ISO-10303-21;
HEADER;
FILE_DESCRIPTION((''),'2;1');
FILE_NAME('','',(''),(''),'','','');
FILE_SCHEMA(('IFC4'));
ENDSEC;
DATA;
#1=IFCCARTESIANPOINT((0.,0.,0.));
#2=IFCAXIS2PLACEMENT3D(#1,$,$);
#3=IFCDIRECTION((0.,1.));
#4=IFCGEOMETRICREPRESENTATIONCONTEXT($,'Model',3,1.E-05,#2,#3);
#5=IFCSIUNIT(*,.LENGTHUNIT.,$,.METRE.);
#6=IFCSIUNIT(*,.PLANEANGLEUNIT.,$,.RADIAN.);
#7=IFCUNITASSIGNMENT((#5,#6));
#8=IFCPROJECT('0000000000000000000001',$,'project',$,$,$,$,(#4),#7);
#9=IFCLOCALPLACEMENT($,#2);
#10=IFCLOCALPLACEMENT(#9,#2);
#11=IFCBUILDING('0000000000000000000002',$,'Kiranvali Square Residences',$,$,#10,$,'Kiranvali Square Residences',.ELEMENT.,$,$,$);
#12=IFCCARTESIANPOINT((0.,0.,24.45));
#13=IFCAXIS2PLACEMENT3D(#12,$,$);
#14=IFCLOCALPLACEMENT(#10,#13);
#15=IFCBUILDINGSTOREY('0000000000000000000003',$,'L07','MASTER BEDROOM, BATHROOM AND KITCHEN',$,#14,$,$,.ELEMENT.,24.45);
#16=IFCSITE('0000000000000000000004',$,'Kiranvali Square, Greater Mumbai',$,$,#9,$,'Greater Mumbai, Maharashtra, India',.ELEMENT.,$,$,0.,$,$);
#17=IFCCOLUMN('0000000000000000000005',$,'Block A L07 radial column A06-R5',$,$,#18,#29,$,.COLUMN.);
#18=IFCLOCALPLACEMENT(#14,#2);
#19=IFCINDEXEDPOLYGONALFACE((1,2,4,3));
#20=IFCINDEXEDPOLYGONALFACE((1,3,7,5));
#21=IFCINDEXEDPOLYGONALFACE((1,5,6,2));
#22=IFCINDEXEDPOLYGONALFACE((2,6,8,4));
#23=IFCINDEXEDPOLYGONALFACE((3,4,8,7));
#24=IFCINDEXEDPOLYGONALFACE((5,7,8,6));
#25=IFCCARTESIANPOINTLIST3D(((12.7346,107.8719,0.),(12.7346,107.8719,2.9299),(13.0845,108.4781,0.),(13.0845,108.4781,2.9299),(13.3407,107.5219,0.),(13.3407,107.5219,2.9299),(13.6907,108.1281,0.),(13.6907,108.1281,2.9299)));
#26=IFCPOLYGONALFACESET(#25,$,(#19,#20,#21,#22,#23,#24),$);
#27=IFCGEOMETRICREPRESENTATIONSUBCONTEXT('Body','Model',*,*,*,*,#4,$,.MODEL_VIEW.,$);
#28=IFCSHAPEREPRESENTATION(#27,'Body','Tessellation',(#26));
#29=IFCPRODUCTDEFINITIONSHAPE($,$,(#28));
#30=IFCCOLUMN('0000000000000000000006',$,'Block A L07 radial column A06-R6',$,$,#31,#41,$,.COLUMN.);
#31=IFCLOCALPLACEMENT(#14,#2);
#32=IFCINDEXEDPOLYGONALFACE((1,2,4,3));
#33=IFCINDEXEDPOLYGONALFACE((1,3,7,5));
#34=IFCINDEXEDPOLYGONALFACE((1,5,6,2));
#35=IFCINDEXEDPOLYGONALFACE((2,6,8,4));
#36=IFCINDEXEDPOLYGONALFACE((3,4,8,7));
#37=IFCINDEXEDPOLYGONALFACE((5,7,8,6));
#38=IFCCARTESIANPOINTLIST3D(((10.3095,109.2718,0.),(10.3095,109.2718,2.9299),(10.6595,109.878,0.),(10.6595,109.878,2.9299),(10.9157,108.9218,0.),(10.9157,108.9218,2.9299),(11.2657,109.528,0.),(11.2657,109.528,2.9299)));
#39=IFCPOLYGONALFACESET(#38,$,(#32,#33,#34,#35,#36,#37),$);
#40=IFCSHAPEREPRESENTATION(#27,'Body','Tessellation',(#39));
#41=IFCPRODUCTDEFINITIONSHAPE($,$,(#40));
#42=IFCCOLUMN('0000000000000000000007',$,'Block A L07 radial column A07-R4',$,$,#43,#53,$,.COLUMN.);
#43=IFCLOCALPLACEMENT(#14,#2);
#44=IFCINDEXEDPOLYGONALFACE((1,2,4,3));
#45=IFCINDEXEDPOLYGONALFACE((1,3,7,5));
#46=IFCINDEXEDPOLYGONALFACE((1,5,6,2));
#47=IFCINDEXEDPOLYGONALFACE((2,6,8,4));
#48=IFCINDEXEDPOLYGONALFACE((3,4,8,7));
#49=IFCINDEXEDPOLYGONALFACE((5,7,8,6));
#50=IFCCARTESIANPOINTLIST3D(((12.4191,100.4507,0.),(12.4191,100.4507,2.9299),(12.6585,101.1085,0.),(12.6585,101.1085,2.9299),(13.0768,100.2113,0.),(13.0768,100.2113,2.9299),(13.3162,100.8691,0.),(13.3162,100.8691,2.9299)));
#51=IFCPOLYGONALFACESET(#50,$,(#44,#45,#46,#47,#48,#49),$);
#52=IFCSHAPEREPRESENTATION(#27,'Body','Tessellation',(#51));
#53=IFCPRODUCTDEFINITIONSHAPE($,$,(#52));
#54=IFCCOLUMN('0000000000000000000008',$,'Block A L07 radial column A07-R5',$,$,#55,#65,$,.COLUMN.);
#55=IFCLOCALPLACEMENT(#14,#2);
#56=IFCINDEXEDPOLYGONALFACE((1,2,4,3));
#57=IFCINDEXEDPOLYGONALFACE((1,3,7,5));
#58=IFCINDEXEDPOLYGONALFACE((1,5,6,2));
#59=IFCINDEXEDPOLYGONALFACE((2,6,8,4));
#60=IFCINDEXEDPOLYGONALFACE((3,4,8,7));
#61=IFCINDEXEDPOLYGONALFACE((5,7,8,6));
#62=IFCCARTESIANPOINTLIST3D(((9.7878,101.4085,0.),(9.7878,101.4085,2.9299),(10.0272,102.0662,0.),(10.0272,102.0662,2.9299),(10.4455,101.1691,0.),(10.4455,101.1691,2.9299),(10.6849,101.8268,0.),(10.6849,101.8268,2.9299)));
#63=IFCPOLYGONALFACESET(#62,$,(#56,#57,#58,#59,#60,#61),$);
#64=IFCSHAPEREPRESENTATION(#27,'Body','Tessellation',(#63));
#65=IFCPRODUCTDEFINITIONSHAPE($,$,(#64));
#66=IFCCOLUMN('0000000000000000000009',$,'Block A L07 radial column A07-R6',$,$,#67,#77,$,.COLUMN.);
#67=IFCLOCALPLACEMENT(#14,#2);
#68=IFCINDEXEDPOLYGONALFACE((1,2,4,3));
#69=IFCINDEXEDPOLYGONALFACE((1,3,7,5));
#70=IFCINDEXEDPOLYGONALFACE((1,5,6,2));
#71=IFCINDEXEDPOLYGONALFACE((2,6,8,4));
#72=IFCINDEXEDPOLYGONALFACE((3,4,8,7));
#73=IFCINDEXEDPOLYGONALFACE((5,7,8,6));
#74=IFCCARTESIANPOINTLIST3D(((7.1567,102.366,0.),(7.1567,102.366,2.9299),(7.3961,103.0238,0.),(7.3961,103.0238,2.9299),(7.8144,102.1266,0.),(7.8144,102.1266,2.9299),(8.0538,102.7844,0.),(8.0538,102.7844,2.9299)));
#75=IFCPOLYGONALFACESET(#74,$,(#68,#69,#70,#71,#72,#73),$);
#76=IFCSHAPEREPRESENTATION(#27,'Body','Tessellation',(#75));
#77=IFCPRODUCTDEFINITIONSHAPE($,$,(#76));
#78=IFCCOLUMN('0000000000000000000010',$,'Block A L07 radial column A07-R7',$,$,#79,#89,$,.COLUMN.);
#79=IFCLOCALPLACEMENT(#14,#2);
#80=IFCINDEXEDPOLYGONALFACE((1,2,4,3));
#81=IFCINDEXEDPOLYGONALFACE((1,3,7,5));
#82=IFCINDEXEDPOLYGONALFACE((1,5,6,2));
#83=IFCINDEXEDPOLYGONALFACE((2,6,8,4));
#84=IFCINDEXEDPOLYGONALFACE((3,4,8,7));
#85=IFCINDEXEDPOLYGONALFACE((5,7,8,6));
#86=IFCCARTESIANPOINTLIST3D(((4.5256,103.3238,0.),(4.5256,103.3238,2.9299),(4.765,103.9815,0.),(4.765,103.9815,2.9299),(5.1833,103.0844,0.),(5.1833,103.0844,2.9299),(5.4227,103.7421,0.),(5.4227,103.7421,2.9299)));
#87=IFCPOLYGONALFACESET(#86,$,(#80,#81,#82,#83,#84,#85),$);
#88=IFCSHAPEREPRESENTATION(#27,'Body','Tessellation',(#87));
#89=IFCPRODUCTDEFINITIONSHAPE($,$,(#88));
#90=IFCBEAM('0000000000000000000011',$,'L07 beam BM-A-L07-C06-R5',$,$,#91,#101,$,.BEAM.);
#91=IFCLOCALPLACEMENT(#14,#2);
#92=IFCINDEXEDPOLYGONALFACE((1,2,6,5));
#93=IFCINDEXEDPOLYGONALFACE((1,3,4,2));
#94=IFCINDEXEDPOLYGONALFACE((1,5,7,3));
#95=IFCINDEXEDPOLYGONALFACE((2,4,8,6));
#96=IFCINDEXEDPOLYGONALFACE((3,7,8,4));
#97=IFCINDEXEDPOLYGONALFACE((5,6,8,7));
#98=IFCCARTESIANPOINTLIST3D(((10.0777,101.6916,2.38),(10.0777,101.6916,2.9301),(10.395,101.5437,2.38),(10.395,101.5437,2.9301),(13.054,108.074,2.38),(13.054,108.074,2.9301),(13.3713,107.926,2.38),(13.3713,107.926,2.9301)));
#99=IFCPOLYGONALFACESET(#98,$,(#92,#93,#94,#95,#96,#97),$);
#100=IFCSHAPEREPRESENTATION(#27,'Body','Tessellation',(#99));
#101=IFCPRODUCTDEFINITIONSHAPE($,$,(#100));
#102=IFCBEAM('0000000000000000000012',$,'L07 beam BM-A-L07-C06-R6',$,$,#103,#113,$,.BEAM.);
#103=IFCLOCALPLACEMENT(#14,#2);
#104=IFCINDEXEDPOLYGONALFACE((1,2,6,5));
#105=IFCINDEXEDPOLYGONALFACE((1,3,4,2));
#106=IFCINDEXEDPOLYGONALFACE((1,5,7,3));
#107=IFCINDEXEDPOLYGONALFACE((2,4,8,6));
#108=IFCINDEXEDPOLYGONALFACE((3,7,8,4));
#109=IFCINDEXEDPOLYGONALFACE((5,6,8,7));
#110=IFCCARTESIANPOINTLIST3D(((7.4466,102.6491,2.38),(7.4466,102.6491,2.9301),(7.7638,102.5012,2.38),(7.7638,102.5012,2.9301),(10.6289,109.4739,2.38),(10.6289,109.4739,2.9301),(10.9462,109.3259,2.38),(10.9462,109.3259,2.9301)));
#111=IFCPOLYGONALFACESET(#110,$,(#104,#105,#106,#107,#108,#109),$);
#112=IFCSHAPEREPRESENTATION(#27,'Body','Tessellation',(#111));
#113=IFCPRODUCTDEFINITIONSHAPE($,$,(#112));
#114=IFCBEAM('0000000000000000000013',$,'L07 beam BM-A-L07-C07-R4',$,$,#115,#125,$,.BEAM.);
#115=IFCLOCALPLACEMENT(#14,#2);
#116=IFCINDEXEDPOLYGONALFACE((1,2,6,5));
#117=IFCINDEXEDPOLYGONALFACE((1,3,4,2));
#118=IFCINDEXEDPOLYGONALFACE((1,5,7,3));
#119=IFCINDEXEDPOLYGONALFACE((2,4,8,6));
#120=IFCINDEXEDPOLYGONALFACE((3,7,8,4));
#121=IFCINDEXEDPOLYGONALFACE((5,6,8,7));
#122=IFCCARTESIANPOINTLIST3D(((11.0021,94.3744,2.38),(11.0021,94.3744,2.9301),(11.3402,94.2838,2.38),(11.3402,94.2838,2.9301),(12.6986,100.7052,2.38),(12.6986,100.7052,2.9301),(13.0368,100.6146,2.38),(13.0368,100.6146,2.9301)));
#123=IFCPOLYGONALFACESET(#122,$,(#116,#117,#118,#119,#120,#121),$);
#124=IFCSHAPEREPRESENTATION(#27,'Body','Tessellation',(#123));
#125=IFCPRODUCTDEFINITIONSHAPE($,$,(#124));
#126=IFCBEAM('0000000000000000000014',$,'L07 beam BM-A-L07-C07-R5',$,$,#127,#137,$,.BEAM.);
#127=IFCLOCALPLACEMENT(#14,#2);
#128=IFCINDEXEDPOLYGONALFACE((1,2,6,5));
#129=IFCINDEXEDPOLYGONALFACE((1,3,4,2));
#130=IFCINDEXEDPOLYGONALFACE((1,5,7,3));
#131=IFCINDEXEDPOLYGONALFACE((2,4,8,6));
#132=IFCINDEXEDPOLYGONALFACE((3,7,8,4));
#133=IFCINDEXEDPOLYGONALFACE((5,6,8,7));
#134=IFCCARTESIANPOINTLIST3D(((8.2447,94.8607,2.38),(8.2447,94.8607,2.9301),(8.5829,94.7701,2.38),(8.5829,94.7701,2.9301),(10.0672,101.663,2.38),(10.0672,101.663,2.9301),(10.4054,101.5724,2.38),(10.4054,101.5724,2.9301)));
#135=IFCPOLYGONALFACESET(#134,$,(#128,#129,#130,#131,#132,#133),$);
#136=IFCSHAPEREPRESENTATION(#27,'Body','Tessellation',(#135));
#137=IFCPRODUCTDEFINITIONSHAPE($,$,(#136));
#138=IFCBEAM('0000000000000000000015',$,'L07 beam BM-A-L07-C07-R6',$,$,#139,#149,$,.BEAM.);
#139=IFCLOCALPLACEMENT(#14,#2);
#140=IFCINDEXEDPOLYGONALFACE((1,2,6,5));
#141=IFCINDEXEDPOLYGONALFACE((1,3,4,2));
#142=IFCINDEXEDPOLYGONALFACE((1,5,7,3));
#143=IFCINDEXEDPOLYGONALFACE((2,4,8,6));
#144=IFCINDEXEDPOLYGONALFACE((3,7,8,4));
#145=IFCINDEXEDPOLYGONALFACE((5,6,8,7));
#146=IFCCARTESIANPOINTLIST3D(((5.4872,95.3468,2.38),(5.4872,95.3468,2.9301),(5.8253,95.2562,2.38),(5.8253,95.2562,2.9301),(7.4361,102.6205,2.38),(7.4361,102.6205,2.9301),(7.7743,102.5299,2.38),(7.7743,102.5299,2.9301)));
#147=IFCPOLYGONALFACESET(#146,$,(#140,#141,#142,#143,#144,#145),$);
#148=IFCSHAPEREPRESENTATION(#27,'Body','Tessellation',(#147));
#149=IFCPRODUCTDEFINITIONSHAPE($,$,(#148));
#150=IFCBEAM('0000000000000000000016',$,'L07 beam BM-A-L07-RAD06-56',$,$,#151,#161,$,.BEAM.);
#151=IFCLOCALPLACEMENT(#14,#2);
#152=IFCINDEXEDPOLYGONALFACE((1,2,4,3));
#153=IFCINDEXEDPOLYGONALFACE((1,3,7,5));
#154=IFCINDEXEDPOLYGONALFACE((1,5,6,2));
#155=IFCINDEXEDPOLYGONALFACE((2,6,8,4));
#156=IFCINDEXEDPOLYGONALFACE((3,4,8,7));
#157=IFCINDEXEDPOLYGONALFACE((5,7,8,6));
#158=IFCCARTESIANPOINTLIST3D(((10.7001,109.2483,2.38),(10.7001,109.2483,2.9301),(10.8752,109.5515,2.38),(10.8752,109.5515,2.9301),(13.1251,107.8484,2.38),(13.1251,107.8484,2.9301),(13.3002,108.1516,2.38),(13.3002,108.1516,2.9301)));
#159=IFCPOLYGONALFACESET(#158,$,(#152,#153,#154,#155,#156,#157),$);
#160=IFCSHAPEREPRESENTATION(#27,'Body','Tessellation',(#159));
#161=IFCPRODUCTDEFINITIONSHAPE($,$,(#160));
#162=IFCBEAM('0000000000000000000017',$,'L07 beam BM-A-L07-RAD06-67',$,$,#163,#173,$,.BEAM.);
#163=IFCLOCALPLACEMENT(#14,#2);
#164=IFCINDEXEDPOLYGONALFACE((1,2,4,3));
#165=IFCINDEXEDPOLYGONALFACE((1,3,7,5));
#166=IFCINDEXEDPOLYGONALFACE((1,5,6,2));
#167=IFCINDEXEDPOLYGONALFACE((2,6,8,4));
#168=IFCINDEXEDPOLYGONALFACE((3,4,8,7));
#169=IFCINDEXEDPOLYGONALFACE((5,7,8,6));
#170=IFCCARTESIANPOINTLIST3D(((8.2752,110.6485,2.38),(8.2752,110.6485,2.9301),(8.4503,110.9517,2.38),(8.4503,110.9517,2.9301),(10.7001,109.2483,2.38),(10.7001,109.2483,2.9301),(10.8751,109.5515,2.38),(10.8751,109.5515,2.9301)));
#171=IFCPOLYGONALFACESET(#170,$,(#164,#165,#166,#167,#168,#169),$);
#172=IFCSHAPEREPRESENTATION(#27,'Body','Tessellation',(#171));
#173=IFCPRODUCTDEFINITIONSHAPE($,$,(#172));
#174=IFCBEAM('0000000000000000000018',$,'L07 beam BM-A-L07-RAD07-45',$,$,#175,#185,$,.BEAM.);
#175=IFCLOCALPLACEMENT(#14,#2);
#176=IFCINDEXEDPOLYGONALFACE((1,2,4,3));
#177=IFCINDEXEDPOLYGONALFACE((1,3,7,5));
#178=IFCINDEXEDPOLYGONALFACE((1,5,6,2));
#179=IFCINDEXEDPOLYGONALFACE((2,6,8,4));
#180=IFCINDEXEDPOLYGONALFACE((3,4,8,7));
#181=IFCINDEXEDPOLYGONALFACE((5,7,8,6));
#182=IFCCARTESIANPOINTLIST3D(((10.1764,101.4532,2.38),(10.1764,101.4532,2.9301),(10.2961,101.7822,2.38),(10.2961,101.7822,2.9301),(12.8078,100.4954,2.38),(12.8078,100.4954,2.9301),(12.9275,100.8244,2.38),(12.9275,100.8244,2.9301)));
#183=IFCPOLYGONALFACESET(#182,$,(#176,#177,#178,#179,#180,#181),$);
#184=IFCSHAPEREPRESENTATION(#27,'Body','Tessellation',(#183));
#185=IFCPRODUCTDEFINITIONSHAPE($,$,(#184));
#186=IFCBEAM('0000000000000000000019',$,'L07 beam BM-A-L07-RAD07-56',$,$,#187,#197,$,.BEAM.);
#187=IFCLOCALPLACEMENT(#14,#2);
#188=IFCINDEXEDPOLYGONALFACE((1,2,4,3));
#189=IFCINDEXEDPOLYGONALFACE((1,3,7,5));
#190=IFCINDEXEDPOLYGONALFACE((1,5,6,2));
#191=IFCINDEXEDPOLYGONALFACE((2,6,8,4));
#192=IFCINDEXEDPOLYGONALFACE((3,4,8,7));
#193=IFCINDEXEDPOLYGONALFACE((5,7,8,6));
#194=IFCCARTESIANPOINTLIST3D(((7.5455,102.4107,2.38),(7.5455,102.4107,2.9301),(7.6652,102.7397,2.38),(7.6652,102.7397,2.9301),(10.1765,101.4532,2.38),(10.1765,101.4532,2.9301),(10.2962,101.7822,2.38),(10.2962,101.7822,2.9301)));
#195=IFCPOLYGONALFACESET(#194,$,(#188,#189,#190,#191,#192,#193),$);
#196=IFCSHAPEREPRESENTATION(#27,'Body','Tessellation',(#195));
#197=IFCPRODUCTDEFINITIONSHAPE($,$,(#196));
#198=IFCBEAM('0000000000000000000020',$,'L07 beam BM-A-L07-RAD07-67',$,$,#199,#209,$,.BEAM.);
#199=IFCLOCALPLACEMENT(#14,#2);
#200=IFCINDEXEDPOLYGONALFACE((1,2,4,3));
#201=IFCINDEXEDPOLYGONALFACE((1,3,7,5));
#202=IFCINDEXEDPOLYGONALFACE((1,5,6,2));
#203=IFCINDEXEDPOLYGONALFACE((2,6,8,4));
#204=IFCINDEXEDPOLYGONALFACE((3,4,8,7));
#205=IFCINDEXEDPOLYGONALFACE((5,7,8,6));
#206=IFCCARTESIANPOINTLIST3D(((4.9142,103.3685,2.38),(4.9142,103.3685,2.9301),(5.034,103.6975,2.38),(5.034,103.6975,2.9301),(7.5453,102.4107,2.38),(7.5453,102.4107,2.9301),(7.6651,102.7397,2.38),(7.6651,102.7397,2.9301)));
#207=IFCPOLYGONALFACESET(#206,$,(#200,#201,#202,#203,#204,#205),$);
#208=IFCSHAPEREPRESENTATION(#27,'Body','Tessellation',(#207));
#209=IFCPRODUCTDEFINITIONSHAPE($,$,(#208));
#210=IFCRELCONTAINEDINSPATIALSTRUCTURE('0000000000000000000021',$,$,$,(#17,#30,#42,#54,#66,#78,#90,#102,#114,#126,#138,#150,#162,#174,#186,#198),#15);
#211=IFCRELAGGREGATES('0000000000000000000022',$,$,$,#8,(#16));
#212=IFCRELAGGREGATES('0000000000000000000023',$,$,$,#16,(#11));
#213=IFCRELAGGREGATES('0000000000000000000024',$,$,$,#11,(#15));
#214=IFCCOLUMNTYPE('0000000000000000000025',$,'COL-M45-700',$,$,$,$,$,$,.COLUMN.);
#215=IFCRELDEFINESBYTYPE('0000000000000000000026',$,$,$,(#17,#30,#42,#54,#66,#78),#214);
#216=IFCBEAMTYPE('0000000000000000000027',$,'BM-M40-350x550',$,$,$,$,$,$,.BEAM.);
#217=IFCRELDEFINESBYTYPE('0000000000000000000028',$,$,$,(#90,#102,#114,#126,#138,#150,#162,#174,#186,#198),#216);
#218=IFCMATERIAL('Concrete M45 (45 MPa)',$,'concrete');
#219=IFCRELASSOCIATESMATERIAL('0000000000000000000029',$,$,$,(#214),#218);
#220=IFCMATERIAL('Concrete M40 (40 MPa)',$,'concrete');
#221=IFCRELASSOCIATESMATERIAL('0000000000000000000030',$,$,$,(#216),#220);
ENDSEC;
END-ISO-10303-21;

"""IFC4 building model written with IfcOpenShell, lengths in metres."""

from ifc_helpers import new_model, si_unit, direction, frame, origin, origin_2d, place, context, subcontext, project, spatial, rectangle, extrude, material, material_profile, profile_set, type_object, element, save


model = new_model("IFC4")

# Units and contexts
model_context = context("Model", 3, precision=1e-05, world=origin(), true_north=direction((0.0, 1.0)))
body_context = subcontext(model_context, "Body", "Model", "MODEL_VIEW")
ifc_project = project(units=[si_unit("LENGTHUNIT", "METRE"), si_unit("PLANEANGLEUNIT", "RADIAN")], contexts=[model_context])

# Site, building, storey
site_placement = place(None, origin())
site = spatial("IfcSite", under=ifc_project, at=site_placement, Name="Kiranvali Square, Greater Mumbai", LongName="Greater Mumbai, Maharashtra, India", CompositionType="ELEMENT", RefElevation=0.0)
building_placement = place(site_placement, origin())
building = spatial("IfcBuilding", under=site, at=building_placement, Name="Kiranvali Square Residences", LongName="Kiranvali Square Residences", CompositionType="ELEMENT")
storey_placement = place(building_placement, frame((0.0, 0.0, 24.45)))
storey = spatial("IfcBuildingStorey", under=building, at=storey_placement, Name="L07", Description="MASTER BEDROOM, BATHROOM AND KITCHEN", CompositionType="ELEMENT", Elevation=24.45)

# Columns
ifc_material_1 = material(Name="Concrete M45 (45 MPa)", Category="concrete")
ifc_material_profile_1 = material_profile(ifc_material_1, rectangle(XDim=0.7, YDim=0.7, at=origin_2d()), Name="RC 700x700")
ifc_profile_set_1 = profile_set([ifc_material_profile_1], Name="Concrete M45 (45 MPa)")
column_type = type_object("IfcColumnType", Name="COL-M45-700", PredefinedType="COLUMN", material=ifc_profile_set_1)
for number, where, z_axis, x_axis, name in (
    (1, (13.2126, 108.0, 0.0), (0.0, 0.0, 1.0), (0.5, 0.866025, 0.0), "Block A L07 radial column A06-R5"),
    (2, (10.7876, 109.3999, 0.0), (0.0, 0.0, 1.0), (0.5, 0.866025, 0.0), "Block A L07 radial column A06-R6"),
    (3, (12.8677, 100.6599, 0.0), (0.0, 0.0, 1.0), (0.34202, 0.939693, 0.0), "Block A L07 radial column A07-R4"),
    (4, (10.2363, 101.6177, 0.0), (0.0, 0.0, 1.0), (0.34202, 0.939693, 0.0), "Block A L07 radial column A07-R5"),
    (5, (7.6052, 102.5752, 0.0), (0.0, 0.0, 1.0), (0.34202, 0.939693, 0.0), "Block A L07 radial column A07-R6"),
    (6, (4.9741, 103.533, 0.0), (0.0, 0.0, 1.0), (0.34202, 0.939693, 0.0), "Block A L07 radial column A07-R7"),
):
    element("IfcColumn", number, at=place(storey_placement, frame(where, z_axis=z_axis, x_axis=x_axis)), inside=storey, type_object=column_type, Name=name, PredefinedType="COLUMN", context=body_context, shape_type="SweptSolid", body=[
        extrude(rectangle(XDim=0.7, YDim=0.7, at=origin_2d()), origin(), (0.0, 0.0, 1.0), 2.9299),
    ])

# Beams
ifc_material_2 = material(Name="Concrete M40 (40 MPa)", Category="concrete")
ifc_material_profile_2 = material_profile(ifc_material_2, rectangle(XDim=0.3501, YDim=0.55, at=origin_2d()), Name="RC 350x550")
ifc_profile_set_2 = profile_set([ifc_material_profile_2], Name="Concrete M40 (40 MPa)")
beam_type_1 = type_object("IfcBeamType", Name="BM-M40-350x550", PredefinedType="BEAM", material=ifc_profile_set_2)
beam_1_placement = place(storey_placement, frame((13.2126, 108.0, 2.655), z_axis=(-0.422641, -0.906297, 0.0), x_axis=(0.906297, -0.422641, 0.0)))
element("IfcBeam", 7, at=beam_1_placement, inside=storey, type_object=beam_type_1, Name="L07 beam BM-A-L07-C06-R5", PredefinedType="BEAM", context=body_context, shape_type="SweptSolid", body=[
    extrude(rectangle(XDim=0.3501, YDim=0.55, at=origin_2d()), origin(), (0.0, 0.0, 1.0), 7.0422),
])
beam_2_placement = place(storey_placement, frame((10.7876, 109.3999, 2.655), z_axis=(-0.422614, -0.90631, 0.0), x_axis=(0.90631, -0.422614, 0.0)))
element("IfcBeam", 8, at=beam_2_placement, inside=storey, type_object=beam_type_1, Name="L07 beam BM-A-L07-C06-R6", PredefinedType="BEAM", context=body_context, shape_type="SweptSolid", body=[
    extrude(rectangle(XDim=0.3501, YDim=0.55, at=origin_2d()), origin(), (0.0, 0.0, 1.0), 7.5303),
])
beam_3_placement = place(storey_placement, frame((12.8677, 100.6599, 2.655), z_axis=(-0.258847, -0.965918, 0.0), x_axis=(0.965918, -0.258847, 0.0)))
element("IfcBeam", 9, at=beam_3_placement, inside=storey, type_object=beam_type_1, Name="L07 beam BM-A-L07-C07-R4", PredefinedType="BEAM", context=body_context, shape_type="SweptSolid", body=[
    extrude(rectangle(XDim=0.3501, YDim=0.55, at=origin_2d()), origin(), (0.0, 0.0, 1.0), 6.5542),
])
beam_4_placement = place(storey_placement, frame((10.2363, 101.6177, 2.655), z_axis=(-0.2588, -0.965931, 0.0), x_axis=(0.965931, -0.2588, 0.0)))
element("IfcBeam", 10, at=beam_4_placement, inside=storey, type_object=beam_type_1, Name="L07 beam BM-A-L07-C07-R5", PredefinedType="BEAM", context=body_context, shape_type="SweptSolid", body=[
    extrude(rectangle(XDim=0.3501, YDim=0.55, at=origin_2d()), origin(), (0.0, 0.0, 1.0), 7.0422),
])
beam_5_placement = place(storey_placement, frame((7.6052, 102.5752, 2.655), z_axis=(-0.258819, -0.965926, 0.0), x_axis=(0.965926, -0.258819, 0.0)))
element("IfcBeam", 11, at=beam_5_placement, inside=storey, type_object=beam_type_1, Name="L07 beam BM-A-L07-C07-R6", PredefinedType="BEAM", context=body_context, shape_type="SweptSolid", body=[
    extrude(rectangle(XDim=0.3501, YDim=0.55, at=origin_2d()), origin(), (0.0, 0.0, 1.0), 7.5303),
])
for number, where, z_axis, x_axis, name in (
    (12, (13.2126, 108.0, 2.655), (-0.866056, 0.499946, 0.0), (-0.499946, -0.866056, 0.0), "L07 beam BM-A-L07-RAD06-56"),
    (13, (10.7876, 109.3999, 2.655), (-0.865997, 0.50005, 0.0), (-0.50005, -0.865997, 0.0), "L07 beam BM-A-L07-RAD06-67"),
):
    element("IfcBeam", number, at=place(storey_placement, frame(where, z_axis=z_axis, x_axis=x_axis)), inside=storey, type_object=beam_type_1, Name=name, PredefinedType="BEAM", context=body_context, shape_type="SweptSolid", body=[
        extrude(rectangle(XDim=0.3501, YDim=0.55, at=origin_2d()), origin(), (0.0, 0.0, 1.0), 2.8),
    ])
beam_6_placement = place(storey_placement, frame((12.8677, 100.6599, 2.655), z_axis=(-0.939689, 0.34203, 0.0), x_axis=(-0.34203, -0.939689, 0.0)))
element("IfcBeam", 14, at=beam_6_placement, inside=storey, type_object=beam_type_1, Name="L07 beam BM-A-L07-RAD07-45", PredefinedType="BEAM", context=body_context, shape_type="SweptSolid", body=[
    extrude(rectangle(XDim=0.3501, YDim=0.55, at=origin_2d()), origin(), (0.0, 0.0, 1.0), 2.8003),
])
beam_7_placement = place(storey_placement, frame((10.2363, 101.6177, 2.655), z_axis=(-0.939707, 0.341981, 0.0), x_axis=(-0.341981, -0.939707, 0.0)))
element("IfcBeam", 15, at=beam_7_placement, inside=storey, type_object=beam_type_1, Name="L07 beam BM-A-L07-RAD07-56", PredefinedType="BEAM", context=body_context, shape_type="SweptSolid", body=[
    extrude(rectangle(XDim=0.3501, YDim=0.55, at=origin_2d()), origin(), (0.0, 0.0, 1.0), 2.7998),
])
beam_8_placement = place(storey_placement, frame((7.6052, 102.5752, 2.655), z_axis=(-0.939679, 0.342058, 0.0), x_axis=(-0.342058, -0.939679, 0.0)))
element("IfcBeam", 16, at=beam_8_placement, inside=storey, type_object=beam_type_1, Name="L07 beam BM-A-L07-RAD07-67", PredefinedType="BEAM", context=body_context, shape_type="SweptSolid", body=[
    extrude(rectangle(XDim=0.3501, YDim=0.55, at=origin_2d()), origin(), (0.0, 0.0, 1.0), 2.8),
])

save(model, "model.ifc")
